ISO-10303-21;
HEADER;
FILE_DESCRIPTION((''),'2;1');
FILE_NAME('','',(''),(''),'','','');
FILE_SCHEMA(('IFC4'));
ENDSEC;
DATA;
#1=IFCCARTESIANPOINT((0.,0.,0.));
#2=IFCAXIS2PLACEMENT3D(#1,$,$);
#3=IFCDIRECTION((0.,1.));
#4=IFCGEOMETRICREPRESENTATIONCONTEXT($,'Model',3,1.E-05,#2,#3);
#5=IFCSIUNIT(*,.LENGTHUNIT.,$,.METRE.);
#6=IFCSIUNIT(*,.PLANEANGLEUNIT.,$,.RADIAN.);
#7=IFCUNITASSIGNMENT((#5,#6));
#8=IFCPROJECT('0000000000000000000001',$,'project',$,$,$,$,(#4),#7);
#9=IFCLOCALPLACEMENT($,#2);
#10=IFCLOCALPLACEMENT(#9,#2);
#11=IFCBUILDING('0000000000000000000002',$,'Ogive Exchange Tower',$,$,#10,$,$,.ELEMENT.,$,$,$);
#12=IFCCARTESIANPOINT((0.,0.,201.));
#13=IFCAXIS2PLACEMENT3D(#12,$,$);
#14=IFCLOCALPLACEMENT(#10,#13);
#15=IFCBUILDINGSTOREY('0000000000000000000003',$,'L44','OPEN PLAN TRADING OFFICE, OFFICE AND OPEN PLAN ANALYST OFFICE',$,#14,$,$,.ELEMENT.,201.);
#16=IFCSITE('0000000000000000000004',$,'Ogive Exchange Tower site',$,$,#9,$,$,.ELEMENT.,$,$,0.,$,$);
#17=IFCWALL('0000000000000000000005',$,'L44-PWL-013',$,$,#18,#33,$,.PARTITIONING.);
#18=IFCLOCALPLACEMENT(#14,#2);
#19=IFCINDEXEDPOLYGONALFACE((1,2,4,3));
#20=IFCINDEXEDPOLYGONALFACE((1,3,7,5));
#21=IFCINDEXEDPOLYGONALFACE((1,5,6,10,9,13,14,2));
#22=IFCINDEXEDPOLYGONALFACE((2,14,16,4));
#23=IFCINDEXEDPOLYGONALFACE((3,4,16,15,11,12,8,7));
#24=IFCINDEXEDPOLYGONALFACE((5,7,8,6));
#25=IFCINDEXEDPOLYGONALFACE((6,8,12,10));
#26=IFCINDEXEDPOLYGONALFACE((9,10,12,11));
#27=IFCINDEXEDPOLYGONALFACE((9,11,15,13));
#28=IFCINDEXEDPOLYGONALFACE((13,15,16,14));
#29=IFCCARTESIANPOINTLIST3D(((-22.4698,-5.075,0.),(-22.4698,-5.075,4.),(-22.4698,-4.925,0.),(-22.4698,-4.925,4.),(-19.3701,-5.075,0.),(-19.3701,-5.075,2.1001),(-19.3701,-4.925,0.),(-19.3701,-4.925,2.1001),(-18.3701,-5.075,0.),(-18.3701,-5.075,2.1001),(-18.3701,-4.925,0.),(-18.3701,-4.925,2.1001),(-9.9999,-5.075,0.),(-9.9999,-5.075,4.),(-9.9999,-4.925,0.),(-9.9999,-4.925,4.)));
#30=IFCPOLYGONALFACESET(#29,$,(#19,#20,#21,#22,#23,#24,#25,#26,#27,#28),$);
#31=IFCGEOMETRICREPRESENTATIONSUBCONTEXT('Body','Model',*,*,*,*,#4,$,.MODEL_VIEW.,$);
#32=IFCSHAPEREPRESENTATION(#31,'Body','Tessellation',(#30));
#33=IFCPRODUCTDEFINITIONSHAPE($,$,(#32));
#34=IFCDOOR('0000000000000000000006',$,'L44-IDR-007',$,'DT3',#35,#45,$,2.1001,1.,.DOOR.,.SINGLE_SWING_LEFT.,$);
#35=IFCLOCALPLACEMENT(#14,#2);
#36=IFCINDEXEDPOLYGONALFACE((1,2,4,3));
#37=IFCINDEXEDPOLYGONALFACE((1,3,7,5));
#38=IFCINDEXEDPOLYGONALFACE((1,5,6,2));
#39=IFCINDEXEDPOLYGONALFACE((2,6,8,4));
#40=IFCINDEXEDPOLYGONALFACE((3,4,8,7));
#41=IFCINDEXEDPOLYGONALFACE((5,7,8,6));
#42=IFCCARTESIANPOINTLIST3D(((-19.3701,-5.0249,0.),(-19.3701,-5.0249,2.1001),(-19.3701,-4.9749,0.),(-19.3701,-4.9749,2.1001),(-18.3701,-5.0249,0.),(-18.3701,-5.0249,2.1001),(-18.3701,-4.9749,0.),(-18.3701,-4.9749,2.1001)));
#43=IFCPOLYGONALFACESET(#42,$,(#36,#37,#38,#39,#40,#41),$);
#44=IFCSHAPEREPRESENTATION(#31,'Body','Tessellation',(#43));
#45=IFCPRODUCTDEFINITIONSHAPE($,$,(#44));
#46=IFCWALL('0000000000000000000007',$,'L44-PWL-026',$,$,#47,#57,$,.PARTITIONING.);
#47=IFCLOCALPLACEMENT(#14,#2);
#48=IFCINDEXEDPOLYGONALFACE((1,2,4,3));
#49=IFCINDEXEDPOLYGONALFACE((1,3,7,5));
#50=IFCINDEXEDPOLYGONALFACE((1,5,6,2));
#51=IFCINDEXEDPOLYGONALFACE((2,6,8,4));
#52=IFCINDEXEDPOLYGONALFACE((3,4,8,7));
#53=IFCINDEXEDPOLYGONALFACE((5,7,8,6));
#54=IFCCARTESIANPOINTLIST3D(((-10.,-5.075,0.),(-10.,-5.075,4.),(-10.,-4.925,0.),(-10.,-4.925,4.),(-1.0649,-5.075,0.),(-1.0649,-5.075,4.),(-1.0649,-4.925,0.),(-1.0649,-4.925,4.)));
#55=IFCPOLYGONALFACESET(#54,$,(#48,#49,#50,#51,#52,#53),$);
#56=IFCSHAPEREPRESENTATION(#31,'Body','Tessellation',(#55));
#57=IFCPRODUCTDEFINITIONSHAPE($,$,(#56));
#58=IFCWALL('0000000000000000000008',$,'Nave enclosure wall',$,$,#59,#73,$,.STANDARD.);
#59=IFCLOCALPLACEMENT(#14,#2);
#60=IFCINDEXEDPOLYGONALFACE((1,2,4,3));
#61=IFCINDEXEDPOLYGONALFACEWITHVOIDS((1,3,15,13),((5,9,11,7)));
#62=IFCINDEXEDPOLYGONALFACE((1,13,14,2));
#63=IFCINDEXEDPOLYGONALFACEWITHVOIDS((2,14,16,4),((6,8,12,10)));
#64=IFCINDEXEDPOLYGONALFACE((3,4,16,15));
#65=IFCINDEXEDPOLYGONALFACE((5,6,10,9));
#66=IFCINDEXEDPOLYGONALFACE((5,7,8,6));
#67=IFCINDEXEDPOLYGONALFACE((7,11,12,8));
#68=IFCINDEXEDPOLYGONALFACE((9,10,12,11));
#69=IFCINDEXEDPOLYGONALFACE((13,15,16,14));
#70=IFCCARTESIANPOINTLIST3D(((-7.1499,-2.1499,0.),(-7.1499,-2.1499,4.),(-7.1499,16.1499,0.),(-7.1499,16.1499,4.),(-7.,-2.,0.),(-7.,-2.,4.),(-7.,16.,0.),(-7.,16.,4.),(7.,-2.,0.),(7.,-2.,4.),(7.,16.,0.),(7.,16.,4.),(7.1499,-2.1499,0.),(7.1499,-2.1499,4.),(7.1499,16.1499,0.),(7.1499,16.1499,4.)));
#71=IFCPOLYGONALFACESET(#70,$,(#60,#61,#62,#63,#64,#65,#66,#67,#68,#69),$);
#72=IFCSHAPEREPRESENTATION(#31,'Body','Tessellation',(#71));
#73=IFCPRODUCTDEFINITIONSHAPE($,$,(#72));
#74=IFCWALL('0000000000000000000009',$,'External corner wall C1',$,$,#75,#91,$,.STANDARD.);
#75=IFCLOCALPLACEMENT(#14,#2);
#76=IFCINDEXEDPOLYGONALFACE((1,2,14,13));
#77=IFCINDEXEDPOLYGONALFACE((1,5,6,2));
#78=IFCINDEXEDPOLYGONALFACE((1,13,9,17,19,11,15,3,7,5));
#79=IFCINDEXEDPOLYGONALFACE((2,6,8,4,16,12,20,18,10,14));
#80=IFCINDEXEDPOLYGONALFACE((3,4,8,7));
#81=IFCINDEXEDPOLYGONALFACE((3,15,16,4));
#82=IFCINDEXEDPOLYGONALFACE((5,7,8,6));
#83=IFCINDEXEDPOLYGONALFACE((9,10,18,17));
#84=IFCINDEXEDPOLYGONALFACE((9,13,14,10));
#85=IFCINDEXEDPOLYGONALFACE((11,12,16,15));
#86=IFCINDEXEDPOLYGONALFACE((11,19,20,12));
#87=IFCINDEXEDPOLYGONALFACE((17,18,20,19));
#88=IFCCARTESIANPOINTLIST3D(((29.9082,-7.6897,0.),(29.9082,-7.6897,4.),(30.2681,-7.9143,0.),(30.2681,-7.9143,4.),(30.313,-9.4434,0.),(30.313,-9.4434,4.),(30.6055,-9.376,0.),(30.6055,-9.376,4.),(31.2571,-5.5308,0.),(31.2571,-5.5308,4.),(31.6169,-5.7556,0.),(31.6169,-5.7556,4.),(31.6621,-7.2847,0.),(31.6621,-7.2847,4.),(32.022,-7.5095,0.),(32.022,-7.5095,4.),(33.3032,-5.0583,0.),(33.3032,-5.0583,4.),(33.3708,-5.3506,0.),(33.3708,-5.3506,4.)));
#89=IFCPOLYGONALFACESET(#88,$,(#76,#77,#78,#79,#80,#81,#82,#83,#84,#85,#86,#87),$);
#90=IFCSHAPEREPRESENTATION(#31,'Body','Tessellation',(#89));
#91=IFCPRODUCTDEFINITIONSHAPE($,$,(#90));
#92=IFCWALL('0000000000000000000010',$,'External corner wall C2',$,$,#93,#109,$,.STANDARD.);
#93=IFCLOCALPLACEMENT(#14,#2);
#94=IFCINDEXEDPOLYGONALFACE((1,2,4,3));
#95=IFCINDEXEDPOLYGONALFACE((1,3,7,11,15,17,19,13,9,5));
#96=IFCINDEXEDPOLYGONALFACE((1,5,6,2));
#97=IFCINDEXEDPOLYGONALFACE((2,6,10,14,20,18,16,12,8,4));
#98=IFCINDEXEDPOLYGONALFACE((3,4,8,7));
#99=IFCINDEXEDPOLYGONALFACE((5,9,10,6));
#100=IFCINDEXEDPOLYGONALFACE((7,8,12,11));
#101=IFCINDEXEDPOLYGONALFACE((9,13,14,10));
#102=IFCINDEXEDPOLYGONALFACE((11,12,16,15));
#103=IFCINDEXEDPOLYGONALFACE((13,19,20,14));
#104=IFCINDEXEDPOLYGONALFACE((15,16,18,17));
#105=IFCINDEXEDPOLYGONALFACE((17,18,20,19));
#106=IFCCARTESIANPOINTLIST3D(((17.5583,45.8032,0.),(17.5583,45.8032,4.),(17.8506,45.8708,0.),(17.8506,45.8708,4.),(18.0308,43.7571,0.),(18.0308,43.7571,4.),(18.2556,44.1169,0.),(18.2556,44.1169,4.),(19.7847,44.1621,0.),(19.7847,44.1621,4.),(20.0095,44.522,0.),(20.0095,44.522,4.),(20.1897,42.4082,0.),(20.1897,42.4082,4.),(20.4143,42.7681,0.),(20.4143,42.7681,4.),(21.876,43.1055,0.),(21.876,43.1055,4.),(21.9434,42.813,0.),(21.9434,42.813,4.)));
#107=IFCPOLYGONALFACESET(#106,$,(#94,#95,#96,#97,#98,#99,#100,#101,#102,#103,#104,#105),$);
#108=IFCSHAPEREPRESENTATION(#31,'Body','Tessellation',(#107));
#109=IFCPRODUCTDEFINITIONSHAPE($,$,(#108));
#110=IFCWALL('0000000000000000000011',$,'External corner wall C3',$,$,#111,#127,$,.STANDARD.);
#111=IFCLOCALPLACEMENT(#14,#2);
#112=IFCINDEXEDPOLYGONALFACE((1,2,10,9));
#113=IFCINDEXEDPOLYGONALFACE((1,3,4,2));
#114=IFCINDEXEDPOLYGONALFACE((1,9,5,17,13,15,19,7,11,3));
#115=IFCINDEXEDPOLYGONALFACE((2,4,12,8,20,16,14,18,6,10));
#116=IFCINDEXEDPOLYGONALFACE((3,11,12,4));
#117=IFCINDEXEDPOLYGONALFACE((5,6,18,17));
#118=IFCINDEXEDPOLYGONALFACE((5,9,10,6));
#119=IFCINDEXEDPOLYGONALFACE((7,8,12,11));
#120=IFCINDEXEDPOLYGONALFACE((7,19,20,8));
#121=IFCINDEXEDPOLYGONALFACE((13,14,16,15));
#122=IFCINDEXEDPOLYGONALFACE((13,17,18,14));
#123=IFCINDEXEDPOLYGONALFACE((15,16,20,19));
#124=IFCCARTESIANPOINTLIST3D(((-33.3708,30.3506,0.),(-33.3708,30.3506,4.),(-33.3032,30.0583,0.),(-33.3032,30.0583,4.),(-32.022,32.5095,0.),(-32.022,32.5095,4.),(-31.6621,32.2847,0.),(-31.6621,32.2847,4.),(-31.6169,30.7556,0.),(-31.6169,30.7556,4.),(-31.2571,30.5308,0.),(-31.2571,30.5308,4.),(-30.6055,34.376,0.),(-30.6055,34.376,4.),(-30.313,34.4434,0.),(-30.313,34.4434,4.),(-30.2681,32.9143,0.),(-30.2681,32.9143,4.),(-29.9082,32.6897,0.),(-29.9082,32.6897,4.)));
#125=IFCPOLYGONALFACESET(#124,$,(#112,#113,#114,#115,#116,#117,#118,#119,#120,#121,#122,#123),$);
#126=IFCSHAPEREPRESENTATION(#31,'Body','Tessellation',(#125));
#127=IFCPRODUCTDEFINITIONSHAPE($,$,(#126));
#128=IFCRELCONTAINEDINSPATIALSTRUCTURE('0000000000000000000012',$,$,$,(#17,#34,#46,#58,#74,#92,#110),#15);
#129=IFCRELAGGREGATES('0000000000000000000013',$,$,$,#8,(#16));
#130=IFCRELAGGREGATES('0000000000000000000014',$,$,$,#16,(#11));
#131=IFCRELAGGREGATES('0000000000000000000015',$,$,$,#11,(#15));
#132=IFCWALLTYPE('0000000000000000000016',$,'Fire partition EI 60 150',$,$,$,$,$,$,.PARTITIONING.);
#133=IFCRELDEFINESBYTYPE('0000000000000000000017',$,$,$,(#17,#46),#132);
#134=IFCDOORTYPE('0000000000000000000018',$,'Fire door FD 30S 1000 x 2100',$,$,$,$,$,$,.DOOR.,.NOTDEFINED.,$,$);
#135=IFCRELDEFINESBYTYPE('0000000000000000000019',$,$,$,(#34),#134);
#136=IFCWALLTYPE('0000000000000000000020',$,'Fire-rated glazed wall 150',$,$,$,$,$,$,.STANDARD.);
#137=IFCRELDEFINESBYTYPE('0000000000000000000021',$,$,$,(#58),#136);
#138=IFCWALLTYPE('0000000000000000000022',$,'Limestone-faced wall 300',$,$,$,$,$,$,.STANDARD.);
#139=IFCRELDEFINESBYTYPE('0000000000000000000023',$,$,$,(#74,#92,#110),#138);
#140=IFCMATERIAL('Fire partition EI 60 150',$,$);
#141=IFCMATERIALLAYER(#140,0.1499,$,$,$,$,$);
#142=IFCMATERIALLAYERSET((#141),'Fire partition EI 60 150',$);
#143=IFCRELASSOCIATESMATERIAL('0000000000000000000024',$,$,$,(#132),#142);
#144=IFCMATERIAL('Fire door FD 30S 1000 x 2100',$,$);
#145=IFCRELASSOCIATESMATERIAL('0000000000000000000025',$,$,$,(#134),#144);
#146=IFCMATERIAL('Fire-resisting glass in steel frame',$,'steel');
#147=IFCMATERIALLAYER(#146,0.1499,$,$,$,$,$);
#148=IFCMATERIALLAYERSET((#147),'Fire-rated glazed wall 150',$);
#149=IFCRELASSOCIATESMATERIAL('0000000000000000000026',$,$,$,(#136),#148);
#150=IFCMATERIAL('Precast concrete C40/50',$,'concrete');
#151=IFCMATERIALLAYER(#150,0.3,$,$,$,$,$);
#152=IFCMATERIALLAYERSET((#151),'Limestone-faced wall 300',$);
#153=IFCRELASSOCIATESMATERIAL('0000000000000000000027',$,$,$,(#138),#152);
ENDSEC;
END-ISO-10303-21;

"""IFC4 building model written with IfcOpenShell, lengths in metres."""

from ifc_helpers import new_model, si_unit, direction, frame, frame_2d, origin, place, context, subcontext, project, spatial, polyline, rectangle, outline, extrude, material, layer, layer_set, type_object, element, fill, save


model = new_model("IFC4")

# Units and contexts
model_context = context("Model", 3, precision=1e-05, world=origin(), true_north=direction((0.0, 1.0)))
body_context = subcontext(model_context, "Body", "Model", "MODEL_VIEW")
ifc_project = project(units=[si_unit("LENGTHUNIT", "METRE"), si_unit("PLANEANGLEUNIT", "RADIAN")], contexts=[model_context])

# Site, building, storey
site_placement = place(None, origin())
site = spatial("IfcSite", under=ifc_project, at=site_placement, Name="Ogive Exchange Tower site", CompositionType="ELEMENT", RefElevation=0.0)
building_placement = place(site_placement, origin())
building = spatial("IfcBuilding", under=site, at=building_placement, Name="Ogive Exchange Tower", CompositionType="ELEMENT")
storey_placement = place(building_placement, frame((0.0, 0.0, 201.0)))
storey = spatial("IfcBuildingStorey", under=building, at=storey_placement, Name="L44", Description="OPEN PLAN TRADING OFFICE, OFFICE AND OPEN PLAN ANALYST OFFICE", CompositionType="ELEMENT", Elevation=201.0)

# Wall, opening, door
ifc_material_1 = material(Name="Fire partition EI 60 150")
ifc_layer_1 = layer(ifc_material_1, 0.1499)
ifc_layer_set_1 = layer_set([ifc_layer_1], Name="Fire partition EI 60 150")
wall_type_1 = type_object("IfcWallType", Name="Fire partition EI 60 150", PredefinedType="PARTITIONING", material=ifc_layer_set_1)
wall_1_placement = place(storey_placement, frame((-10.0, -5.0, 0.0), z_axis=(0.0, 0.0, 1.0), x_axis=(-1.0, 0.0, 0.0)))
wall_1 = element("IfcWall", 1, at=wall_1_placement, inside=storey, type_object=wall_type_1, Name="L44-PWL-013", PredefinedType="PARTITIONING", context=body_context, shape_type="SweptSolid", body=[
    extrude(rectangle(XDim=12.47, YDim=0.1499, at=frame_2d((6.2349, 0.0))), origin(), (0.0, 0.0, 1.0), 4.0),
])
opening_1_placement = place(wall_1_placement, frame((8.3701, 0.0, 0.0)))
opening_1 = element("IfcOpeningElement", 2, at=opening_1_placement, cuts=wall_1, PredefinedType="OPENING", context=body_context, shape_type="SweptSolid", body=[
    extrude(rectangle(XDim=1.0, YDim=2.1001, at=frame_2d((0.5, 1.05))), frame((0.0, 0.085, 0.0), z_axis=(0.0, -1.0, 0.0), x_axis=(1.0, 0.0, 0.0)), (0.0, 0.0, 1.0), 0.1699),
])
ifc_material_2 = material(Name="Fire door FD 30S 1000 x 2100")
door_type_1 = type_object("IfcDoorType", Name="Fire door FD 30S 1000 x 2100", OperationType="NOTDEFINED", PredefinedType="DOOR", material=ifc_material_2)
door_1_placement = place(opening_1_placement, origin())
door_1 = element("IfcDoor", 3, at=door_1_placement, inside=storey, type_object=door_type_1, Name="L44-IDR-007", ObjectType="DT3", OperationType="SINGLE_SWING_LEFT", OverallHeight=2.1001, OverallWidth=1.0, PredefinedType="DOOR", context=body_context, shape_type="SweptSolid", body=[
    extrude(rectangle(XDim=1.0, YDim=2.1001, at=frame_2d((0.5, 1.05))), frame((0.0, 0.0249, 0.0), z_axis=(0.0, -1.0, 0.0), x_axis=(1.0, 0.0, 0.0)), (0.0, 0.0, 1.0), 0.05),
])
fill(opening_1, door_1)

# Walls
wall_2_placement = place(storey_placement, frame((-1.0649, -5.0, 0.0), z_axis=(0.0, 0.0, 1.0), x_axis=(-1.0, 0.0, 0.0)))
element("IfcWall", 4, at=wall_2_placement, inside=storey, type_object=wall_type_1, Name="L44-PWL-026", PredefinedType="PARTITIONING", context=body_context, shape_type="SweptSolid", body=[
    extrude(rectangle(XDim=8.9351, YDim=0.1499, at=frame_2d((4.4675, 0.0))), origin(), (0.0, 0.0, 1.0), 4.0),
])
ifc_material_3 = material(Name="Fire-resisting glass in steel frame", Category="steel")
ifc_layer_2 = layer(ifc_material_3, 0.1499)
ifc_layer_set_2 = layer_set([ifc_layer_2], Name="Fire-rated glazed wall 150")
wall_type_2 = type_object("IfcWallType", Name="Fire-rated glazed wall 150", PredefinedType="STANDARD", material=ifc_layer_set_2)
wall_3_placement = place(storey_placement, origin())
element("IfcWall", 5, at=wall_3_placement, inside=storey, type_object=wall_type_2, Name="Nave enclosure wall", PredefinedType="STANDARD", context=body_context, shape_type="SweptSolid", body=[
    extrude(outline(polyline([(-7.1499, -2.1499), (7.1499, -2.1499), (7.1499, 16.1499), (-7.1499, 16.1499), (-7.1499, -2.1499)]), holes=[polyline([(-7.0, -2.0), (-7.0, 16.0), (7.0, 16.0), (7.0, -2.0), (-7.0, -2.0)])]), origin(), (0.0, 0.0, 1.0), 4.0),
])
ifc_material_4 = material(Name="Precast concrete C40/50", Category="concrete")
ifc_layer_3 = layer(ifc_material_4, 0.3)
ifc_layer_set_3 = layer_set([ifc_layer_3], Name="Limestone-faced wall 300")
wall_type_3 = type_object("IfcWallType", Name="Limestone-faced wall 300", PredefinedType="STANDARD", material=ifc_layer_set_3)
wall_4_placement = place(storey_placement, origin())
element("IfcWall", 6, at=wall_4_placement, inside=storey, type_object=wall_type_3, Name="External corner wall C1", PredefinedType="STANDARD", context=body_context, shape_type="SweptSolid", body=[
    extrude(outline(polyline([(31.6621, -7.2847), (31.2571, -5.5308), (33.3032, -5.0583), (33.3708, -5.3506), (31.6169, -5.7556), (32.022, -7.5095), (30.2681, -7.9143), (30.6055, -9.376), (30.313, -9.4434), (29.9082, -7.6897), (31.6621, -7.2847)])), origin(), (0.0, 0.0, 1.0), 4.0),
])
wall_5_placement = place(storey_placement, origin())
element("IfcWall", 7, at=wall_5_placement, inside=storey, type_object=wall_type_3, Name="External corner wall C2", PredefinedType="STANDARD", context=body_context, shape_type="SweptSolid", body=[
    extrude(outline(polyline([(19.7847, 44.1621), (18.0308, 43.7571), (17.5583, 45.8032), (17.8506, 45.8708), (18.2556, 44.1169), (20.0095, 44.522), (20.4143, 42.7681), (21.876, 43.1055), (21.9434, 42.813), (20.1897, 42.4082), (19.7847, 44.1621)])), origin(), (0.0, 0.0, 1.0), 4.0),
])
wall_6_placement = place(storey_placement, origin())
element("IfcWall", 8, at=wall_6_placement, inside=storey, type_object=wall_type_3, Name="External corner wall C3", PredefinedType="STANDARD", context=body_context, shape_type="SweptSolid", body=[
    extrude(outline(polyline([(-31.6169, 30.7556), (-32.022, 32.5095), (-30.2681, 32.9143), (-30.6055, 34.376), (-30.313, 34.4434), (-29.9082, 32.6897), (-31.6621, 32.2847), (-31.2571, 30.5308), (-33.3032, 30.0583), (-33.3708, 30.3506), (-31.6169, 30.7556)])), origin(), (0.0, 0.0, 1.0), 4.0),
])

save(model, "model.ifc")
